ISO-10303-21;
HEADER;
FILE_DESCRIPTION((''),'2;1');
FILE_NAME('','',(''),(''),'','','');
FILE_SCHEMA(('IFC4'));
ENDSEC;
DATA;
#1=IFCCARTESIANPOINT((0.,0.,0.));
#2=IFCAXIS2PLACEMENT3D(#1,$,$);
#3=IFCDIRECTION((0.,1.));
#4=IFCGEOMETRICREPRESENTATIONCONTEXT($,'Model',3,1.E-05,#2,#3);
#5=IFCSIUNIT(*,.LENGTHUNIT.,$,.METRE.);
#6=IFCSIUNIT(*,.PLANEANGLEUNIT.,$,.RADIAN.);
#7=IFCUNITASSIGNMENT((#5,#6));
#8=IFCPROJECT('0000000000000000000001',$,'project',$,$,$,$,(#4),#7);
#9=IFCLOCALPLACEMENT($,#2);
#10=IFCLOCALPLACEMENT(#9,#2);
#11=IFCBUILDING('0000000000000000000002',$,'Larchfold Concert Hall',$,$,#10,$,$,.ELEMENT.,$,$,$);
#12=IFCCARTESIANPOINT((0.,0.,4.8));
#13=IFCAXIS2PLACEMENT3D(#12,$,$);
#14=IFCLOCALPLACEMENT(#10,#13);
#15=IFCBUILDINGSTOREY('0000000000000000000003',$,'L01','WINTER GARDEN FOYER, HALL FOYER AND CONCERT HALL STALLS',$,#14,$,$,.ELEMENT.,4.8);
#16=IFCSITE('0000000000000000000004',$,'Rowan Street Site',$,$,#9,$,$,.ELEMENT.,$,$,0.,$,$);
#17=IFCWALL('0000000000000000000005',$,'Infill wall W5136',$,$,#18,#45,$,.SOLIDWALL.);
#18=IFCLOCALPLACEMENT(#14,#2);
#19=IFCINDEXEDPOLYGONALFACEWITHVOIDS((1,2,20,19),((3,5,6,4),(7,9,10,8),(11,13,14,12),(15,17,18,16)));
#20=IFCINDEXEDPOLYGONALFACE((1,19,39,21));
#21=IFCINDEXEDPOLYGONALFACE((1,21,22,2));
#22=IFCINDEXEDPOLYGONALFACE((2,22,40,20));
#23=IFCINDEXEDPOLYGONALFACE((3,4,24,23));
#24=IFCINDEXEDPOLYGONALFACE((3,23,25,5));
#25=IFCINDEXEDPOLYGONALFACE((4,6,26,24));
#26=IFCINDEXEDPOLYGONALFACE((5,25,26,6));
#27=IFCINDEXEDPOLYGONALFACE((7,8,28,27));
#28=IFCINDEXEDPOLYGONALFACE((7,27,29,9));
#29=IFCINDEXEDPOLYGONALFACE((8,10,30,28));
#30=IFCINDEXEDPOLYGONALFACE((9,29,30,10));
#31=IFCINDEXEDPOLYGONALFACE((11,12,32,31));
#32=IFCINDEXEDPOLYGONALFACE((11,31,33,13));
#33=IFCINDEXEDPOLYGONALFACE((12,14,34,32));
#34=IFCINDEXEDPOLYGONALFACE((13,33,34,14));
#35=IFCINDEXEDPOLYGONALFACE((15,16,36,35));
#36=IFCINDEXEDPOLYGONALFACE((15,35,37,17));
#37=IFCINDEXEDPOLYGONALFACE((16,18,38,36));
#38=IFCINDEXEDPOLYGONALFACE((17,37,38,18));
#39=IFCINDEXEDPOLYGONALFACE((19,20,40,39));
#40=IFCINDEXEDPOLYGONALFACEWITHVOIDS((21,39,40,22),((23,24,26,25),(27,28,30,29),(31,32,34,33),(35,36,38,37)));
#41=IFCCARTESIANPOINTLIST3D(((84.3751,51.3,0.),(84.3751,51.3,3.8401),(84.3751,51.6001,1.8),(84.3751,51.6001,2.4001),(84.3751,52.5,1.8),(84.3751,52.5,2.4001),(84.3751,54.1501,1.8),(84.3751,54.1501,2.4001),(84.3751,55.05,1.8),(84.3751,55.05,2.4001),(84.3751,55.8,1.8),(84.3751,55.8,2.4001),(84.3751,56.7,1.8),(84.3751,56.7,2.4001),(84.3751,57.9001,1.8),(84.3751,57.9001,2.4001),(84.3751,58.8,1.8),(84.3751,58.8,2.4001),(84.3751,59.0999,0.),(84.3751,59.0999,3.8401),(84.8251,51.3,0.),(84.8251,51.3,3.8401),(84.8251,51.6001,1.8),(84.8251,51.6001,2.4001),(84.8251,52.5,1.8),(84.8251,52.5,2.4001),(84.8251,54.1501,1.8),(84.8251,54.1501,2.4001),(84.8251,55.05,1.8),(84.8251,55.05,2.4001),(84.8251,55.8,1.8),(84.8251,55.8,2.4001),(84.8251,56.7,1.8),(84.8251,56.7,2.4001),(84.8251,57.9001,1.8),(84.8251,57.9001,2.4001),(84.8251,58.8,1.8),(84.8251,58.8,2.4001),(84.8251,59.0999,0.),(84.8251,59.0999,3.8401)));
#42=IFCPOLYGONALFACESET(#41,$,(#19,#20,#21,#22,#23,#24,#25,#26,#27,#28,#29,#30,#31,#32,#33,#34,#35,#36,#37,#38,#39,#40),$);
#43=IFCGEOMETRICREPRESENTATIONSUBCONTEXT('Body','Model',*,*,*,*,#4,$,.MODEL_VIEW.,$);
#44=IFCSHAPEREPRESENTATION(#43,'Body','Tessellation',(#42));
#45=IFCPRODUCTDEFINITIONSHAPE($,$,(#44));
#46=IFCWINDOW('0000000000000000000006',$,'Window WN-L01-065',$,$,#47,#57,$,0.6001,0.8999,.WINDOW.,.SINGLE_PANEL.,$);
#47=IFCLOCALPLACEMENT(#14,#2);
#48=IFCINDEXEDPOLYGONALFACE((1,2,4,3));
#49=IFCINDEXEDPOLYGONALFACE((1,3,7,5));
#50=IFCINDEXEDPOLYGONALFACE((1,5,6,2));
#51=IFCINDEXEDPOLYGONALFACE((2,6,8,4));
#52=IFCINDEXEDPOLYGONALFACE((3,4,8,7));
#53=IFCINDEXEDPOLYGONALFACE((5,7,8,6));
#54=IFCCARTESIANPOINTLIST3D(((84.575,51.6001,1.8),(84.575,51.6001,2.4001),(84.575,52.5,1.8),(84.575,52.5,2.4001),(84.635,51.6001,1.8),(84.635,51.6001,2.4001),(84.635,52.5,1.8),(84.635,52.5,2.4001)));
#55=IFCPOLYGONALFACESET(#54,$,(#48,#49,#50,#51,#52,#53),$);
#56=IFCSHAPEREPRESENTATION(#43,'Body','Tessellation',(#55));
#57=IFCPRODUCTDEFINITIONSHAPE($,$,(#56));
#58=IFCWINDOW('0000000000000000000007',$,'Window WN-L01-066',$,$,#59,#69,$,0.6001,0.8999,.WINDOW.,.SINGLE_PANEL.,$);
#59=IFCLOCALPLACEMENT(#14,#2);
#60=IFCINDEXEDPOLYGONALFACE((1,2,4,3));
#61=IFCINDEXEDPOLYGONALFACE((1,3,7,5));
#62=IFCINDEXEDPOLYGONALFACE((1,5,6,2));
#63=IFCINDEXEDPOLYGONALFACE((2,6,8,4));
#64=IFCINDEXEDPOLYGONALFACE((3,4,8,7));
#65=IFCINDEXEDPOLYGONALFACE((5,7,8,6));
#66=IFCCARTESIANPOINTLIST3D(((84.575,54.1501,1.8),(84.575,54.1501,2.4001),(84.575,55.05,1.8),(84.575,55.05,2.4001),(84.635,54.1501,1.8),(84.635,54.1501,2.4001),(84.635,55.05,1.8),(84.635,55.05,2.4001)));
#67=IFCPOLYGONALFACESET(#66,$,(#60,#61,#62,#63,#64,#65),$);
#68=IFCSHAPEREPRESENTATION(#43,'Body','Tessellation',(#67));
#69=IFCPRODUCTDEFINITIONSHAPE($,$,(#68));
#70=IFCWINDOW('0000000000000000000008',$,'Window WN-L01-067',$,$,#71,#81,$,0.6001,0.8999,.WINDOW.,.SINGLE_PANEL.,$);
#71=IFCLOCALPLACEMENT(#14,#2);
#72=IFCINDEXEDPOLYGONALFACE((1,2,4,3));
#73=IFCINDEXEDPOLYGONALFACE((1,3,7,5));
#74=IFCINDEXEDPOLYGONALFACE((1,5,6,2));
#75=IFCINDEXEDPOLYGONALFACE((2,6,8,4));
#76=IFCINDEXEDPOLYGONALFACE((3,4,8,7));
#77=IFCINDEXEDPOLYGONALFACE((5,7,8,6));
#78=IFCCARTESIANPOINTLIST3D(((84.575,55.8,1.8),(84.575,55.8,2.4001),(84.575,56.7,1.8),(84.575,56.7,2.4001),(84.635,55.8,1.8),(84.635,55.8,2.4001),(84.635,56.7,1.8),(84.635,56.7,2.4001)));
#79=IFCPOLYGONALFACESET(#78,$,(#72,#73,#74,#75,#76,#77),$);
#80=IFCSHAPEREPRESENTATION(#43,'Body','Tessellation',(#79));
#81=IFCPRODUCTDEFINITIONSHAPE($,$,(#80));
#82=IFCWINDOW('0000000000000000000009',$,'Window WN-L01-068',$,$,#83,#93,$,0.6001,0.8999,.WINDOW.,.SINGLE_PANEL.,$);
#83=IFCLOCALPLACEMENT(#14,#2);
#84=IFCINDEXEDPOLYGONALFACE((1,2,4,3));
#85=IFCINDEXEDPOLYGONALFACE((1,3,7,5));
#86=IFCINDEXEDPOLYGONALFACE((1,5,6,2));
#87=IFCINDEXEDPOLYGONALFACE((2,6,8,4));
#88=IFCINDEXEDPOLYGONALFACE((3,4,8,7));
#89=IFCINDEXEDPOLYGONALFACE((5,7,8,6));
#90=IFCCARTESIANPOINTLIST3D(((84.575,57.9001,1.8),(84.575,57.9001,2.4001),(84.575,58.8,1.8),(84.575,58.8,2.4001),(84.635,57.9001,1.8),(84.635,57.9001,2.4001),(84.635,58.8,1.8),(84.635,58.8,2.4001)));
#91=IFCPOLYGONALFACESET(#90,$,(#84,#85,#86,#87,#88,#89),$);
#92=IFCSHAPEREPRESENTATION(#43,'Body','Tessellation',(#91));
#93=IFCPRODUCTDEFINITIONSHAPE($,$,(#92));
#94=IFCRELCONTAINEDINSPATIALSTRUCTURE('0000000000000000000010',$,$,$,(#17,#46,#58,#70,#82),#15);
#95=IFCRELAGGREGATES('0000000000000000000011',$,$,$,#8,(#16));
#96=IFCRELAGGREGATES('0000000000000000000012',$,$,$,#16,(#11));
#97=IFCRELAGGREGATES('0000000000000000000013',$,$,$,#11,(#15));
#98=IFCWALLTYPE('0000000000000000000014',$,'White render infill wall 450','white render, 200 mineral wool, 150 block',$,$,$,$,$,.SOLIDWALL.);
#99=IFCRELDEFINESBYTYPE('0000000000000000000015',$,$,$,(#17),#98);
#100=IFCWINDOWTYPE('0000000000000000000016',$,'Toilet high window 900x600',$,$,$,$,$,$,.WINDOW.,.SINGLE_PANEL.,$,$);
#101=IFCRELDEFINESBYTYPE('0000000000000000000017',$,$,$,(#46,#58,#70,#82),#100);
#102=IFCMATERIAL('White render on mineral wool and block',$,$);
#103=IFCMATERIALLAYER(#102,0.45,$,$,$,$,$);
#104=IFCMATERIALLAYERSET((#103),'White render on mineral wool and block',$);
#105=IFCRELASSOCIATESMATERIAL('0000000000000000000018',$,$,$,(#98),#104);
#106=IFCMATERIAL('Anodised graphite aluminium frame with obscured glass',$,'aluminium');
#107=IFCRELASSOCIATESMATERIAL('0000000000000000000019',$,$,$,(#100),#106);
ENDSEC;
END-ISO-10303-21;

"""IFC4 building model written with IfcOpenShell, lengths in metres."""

from ifc_helpers import new_model, si_unit, direction, frame, frame_2d, origin, place, context, subcontext, project, spatial, rectangle, extrude, material, layer, layer_set, type_object, element, fill, save


model = new_model("IFC4")

# Units and contexts
model_context = context("Model", 3, precision=1e-05, world=origin(), true_north=direction((0.0, 1.0)))
body_context = subcontext(model_context, "Body", "Model", "MODEL_VIEW")
ifc_project = project(units=[si_unit("LENGTHUNIT", "METRE"), si_unit("PLANEANGLEUNIT", "RADIAN")], contexts=[model_context])

# Site, building, storey
site_placement = place(None, origin())
site = spatial("IfcSite", under=ifc_project, at=site_placement, Name="Rowan Street Site", CompositionType="ELEMENT", RefElevation=0.0)
building_placement = place(site_placement, origin())
building = spatial("IfcBuilding", under=site, at=building_placement, Name="Larchfold Concert Hall", CompositionType="ELEMENT")
storey_placement = place(building_placement, frame((0.0, 0.0, 4.8)))
storey = spatial("IfcBuildingStorey", under=building, at=storey_placement, Name="L01", Description="WINTER GARDEN FOYER, HALL FOYER AND CONCERT HALL STALLS", CompositionType="ELEMENT", Elevation=4.8)

# Wall, openings, windows
ifc_material_1 = material(Name="White render on mineral wool and block")
ifc_layer_1 = layer(ifc_material_1, 0.45)
ifc_layer_set_1 = layer_set([ifc_layer_1], Name="White render on mineral wool and block")
wall_type_1 = type_object("IfcWallType", Name="White render infill wall 450", Description="white render, 200 mineral wool, 150 block", PredefinedType="SOLIDWALL", material=ifc_layer_set_1)
wall_1_placement = place(storey_placement, frame((84.6001, 59.0999, 0.0), z_axis=(0.0, 0.0, 1.0), x_axis=(0.0, -1.0, 0.0)))
wall_1 = element("IfcWall", 1, at=wall_1_placement, inside=storey, type_object=wall_type_1, Name="Infill wall W5136", PredefinedType="SOLIDWALL", context=body_context, shape_type="SweptSolid", body=[
    extrude(rectangle(XDim=7.7998, YDim=0.45, at=frame_2d((3.8999, 0.0))), origin(), (0.0, 0.0, 1.0), 3.8401),
])
opening_1_placement = place(wall_1_placement, frame((6.5999, 0.0, 1.8)))
opening_1 = element("IfcOpeningElement", 2, at=opening_1_placement, cuts=wall_1, PredefinedType="OPENING", context=body_context, shape_type="SweptSolid", body=[
    extrude(rectangle(XDim=0.8999, YDim=0.6001, at=frame_2d((0.45, 0.3))), frame((0.0, 0.2349, 0.0), z_axis=(0.0, -1.0, 0.0), x_axis=(1.0, 0.0, 0.0)), (0.0, 0.0, 1.0), 0.47),
])
opening_2_placement = place(wall_1_placement, frame((4.0498, 0.0, 1.8)))
opening_2 = element("IfcOpeningElement", 3, at=opening_2_placement, cuts=wall_1, PredefinedType="OPENING", context=body_context, shape_type="SweptSolid", body=[
    extrude(rectangle(XDim=0.8999, YDim=0.6001, at=frame_2d((0.45, 0.3))), frame((0.0, 0.2349, 0.0), z_axis=(0.0, -1.0, 0.0), x_axis=(1.0, 0.0, 0.0)), (0.0, 0.0, 1.0), 0.47),
])
opening_3_placement = place(wall_1_placement, frame((2.3999, 0.0, 1.8)))
opening_3 = element("IfcOpeningElement", 4, at=opening_3_placement, cuts=wall_1, PredefinedType="OPENING", context=body_context, shape_type="SweptSolid", body=[
    extrude(rectangle(XDim=0.8999, YDim=0.6001, at=frame_2d((0.45, 0.3))), frame((0.0, 0.2349, 0.0), z_axis=(0.0, -1.0, 0.0), x_axis=(1.0, 0.0, 0.0)), (0.0, 0.0, 1.0), 0.47),
])
opening_4_placement = place(wall_1_placement, frame((0.2998, 0.0, 1.8)))
opening_4 = element("IfcOpeningElement", 5, at=opening_4_placement, cuts=wall_1, PredefinedType="OPENING", context=body_context, shape_type="SweptSolid", body=[
    extrude(rectangle(XDim=0.8999, YDim=0.6001, at=frame_2d((0.45, 0.3))), frame((0.0, 0.2349, 0.0), z_axis=(0.0, -1.0, 0.0), x_axis=(1.0, 0.0, 0.0)), (0.0, 0.0, 1.0), 0.47),
])
ifc_material_2 = material(Name="Anodised graphite aluminium frame with obscured glass", Category="aluminium")
window_type_1 = type_object("IfcWindowType", Name="Toilet high window 900x600", PartitioningType="SINGLE_PANEL", PredefinedType="WINDOW", material=ifc_material_2)
window_1_placement = place(opening_1_placement, origin())
window_1 = element("IfcWindow", 6, at=window_1_placement, inside=storey, type_object=window_type_1, Name="Window WN-L01-065", OverallHeight=0.6001, OverallWidth=0.8999, PartitioningType="SINGLE_PANEL", PredefinedType="WINDOW", context=body_context, shape_type="SweptSolid", body=[
    extrude(rectangle(XDim=0.8999, YDim=0.6001, at=frame_2d((0.45, 0.3))), frame((0.0, 0.0349, 0.0), z_axis=(0.0, -1.0, 0.0), x_axis=(1.0, 0.0, 0.0)), (0.0, 0.0, 1.0), 0.0601),
])
fill(opening_1, window_1)
window_2_placement = place(opening_2_placement, origin())
window_2 = element("IfcWindow", 7, at=window_2_placement, inside=storey, type_object=window_type_1, Name="Window WN-L01-066", OverallHeight=0.6001, OverallWidth=0.8999, PartitioningType="SINGLE_PANEL", PredefinedType="WINDOW", context=body_context, shape_type="SweptSolid", body=[
    extrude(rectangle(XDim=0.8999, YDim=0.6001, at=frame_2d((0.45, 0.3))), frame((0.0, 0.0349, 0.0), z_axis=(0.0, -1.0, 0.0), x_axis=(1.0, 0.0, 0.0)), (0.0, 0.0, 1.0), 0.0601),
])
fill(opening_2, window_2)
window_3_placement = place(opening_3_placement, origin())
window_3 = element("IfcWindow", 8, at=window_3_placement, inside=storey, type_object=window_type_1, Name="Window WN-L01-067", OverallHeight=0.6001, OverallWidth=0.8999, PartitioningType="SINGLE_PANEL", PredefinedType="WINDOW", context=body_context, shape_type="SweptSolid", body=[
    extrude(rectangle(XDim=0.8999, YDim=0.6001, at=frame_2d((0.45, 0.3))), frame((0.0, 0.0349, 0.0), z_axis=(0.0, -1.0, 0.0), x_axis=(1.0, 0.0, 0.0)), (0.0, 0.0, 1.0), 0.0601),
])
fill(opening_3, window_3)
window_4_placement = place(opening_4_placement, origin())
window_4 = element("IfcWindow", 9, at=window_4_placement, inside=storey, type_object=window_type_1, Name="Window WN-L01-068", OverallHeight=0.6001, OverallWidth=0.8999, PartitioningType="SINGLE_PANEL", PredefinedType="WINDOW", context=body_context, shape_type="SweptSolid", body=[
    extrude(rectangle(XDim=0.8999, YDim=0.6001, at=frame_2d((0.45, 0.3))), frame((0.0, 0.0349, 0.0), z_axis=(0.0, -1.0, 0.0), x_axis=(1.0, 0.0, 0.0)), (0.0, 0.0, 1.0), 0.0601),
])
fill(opening_4, window_4)

save(model, "model.ifc")
